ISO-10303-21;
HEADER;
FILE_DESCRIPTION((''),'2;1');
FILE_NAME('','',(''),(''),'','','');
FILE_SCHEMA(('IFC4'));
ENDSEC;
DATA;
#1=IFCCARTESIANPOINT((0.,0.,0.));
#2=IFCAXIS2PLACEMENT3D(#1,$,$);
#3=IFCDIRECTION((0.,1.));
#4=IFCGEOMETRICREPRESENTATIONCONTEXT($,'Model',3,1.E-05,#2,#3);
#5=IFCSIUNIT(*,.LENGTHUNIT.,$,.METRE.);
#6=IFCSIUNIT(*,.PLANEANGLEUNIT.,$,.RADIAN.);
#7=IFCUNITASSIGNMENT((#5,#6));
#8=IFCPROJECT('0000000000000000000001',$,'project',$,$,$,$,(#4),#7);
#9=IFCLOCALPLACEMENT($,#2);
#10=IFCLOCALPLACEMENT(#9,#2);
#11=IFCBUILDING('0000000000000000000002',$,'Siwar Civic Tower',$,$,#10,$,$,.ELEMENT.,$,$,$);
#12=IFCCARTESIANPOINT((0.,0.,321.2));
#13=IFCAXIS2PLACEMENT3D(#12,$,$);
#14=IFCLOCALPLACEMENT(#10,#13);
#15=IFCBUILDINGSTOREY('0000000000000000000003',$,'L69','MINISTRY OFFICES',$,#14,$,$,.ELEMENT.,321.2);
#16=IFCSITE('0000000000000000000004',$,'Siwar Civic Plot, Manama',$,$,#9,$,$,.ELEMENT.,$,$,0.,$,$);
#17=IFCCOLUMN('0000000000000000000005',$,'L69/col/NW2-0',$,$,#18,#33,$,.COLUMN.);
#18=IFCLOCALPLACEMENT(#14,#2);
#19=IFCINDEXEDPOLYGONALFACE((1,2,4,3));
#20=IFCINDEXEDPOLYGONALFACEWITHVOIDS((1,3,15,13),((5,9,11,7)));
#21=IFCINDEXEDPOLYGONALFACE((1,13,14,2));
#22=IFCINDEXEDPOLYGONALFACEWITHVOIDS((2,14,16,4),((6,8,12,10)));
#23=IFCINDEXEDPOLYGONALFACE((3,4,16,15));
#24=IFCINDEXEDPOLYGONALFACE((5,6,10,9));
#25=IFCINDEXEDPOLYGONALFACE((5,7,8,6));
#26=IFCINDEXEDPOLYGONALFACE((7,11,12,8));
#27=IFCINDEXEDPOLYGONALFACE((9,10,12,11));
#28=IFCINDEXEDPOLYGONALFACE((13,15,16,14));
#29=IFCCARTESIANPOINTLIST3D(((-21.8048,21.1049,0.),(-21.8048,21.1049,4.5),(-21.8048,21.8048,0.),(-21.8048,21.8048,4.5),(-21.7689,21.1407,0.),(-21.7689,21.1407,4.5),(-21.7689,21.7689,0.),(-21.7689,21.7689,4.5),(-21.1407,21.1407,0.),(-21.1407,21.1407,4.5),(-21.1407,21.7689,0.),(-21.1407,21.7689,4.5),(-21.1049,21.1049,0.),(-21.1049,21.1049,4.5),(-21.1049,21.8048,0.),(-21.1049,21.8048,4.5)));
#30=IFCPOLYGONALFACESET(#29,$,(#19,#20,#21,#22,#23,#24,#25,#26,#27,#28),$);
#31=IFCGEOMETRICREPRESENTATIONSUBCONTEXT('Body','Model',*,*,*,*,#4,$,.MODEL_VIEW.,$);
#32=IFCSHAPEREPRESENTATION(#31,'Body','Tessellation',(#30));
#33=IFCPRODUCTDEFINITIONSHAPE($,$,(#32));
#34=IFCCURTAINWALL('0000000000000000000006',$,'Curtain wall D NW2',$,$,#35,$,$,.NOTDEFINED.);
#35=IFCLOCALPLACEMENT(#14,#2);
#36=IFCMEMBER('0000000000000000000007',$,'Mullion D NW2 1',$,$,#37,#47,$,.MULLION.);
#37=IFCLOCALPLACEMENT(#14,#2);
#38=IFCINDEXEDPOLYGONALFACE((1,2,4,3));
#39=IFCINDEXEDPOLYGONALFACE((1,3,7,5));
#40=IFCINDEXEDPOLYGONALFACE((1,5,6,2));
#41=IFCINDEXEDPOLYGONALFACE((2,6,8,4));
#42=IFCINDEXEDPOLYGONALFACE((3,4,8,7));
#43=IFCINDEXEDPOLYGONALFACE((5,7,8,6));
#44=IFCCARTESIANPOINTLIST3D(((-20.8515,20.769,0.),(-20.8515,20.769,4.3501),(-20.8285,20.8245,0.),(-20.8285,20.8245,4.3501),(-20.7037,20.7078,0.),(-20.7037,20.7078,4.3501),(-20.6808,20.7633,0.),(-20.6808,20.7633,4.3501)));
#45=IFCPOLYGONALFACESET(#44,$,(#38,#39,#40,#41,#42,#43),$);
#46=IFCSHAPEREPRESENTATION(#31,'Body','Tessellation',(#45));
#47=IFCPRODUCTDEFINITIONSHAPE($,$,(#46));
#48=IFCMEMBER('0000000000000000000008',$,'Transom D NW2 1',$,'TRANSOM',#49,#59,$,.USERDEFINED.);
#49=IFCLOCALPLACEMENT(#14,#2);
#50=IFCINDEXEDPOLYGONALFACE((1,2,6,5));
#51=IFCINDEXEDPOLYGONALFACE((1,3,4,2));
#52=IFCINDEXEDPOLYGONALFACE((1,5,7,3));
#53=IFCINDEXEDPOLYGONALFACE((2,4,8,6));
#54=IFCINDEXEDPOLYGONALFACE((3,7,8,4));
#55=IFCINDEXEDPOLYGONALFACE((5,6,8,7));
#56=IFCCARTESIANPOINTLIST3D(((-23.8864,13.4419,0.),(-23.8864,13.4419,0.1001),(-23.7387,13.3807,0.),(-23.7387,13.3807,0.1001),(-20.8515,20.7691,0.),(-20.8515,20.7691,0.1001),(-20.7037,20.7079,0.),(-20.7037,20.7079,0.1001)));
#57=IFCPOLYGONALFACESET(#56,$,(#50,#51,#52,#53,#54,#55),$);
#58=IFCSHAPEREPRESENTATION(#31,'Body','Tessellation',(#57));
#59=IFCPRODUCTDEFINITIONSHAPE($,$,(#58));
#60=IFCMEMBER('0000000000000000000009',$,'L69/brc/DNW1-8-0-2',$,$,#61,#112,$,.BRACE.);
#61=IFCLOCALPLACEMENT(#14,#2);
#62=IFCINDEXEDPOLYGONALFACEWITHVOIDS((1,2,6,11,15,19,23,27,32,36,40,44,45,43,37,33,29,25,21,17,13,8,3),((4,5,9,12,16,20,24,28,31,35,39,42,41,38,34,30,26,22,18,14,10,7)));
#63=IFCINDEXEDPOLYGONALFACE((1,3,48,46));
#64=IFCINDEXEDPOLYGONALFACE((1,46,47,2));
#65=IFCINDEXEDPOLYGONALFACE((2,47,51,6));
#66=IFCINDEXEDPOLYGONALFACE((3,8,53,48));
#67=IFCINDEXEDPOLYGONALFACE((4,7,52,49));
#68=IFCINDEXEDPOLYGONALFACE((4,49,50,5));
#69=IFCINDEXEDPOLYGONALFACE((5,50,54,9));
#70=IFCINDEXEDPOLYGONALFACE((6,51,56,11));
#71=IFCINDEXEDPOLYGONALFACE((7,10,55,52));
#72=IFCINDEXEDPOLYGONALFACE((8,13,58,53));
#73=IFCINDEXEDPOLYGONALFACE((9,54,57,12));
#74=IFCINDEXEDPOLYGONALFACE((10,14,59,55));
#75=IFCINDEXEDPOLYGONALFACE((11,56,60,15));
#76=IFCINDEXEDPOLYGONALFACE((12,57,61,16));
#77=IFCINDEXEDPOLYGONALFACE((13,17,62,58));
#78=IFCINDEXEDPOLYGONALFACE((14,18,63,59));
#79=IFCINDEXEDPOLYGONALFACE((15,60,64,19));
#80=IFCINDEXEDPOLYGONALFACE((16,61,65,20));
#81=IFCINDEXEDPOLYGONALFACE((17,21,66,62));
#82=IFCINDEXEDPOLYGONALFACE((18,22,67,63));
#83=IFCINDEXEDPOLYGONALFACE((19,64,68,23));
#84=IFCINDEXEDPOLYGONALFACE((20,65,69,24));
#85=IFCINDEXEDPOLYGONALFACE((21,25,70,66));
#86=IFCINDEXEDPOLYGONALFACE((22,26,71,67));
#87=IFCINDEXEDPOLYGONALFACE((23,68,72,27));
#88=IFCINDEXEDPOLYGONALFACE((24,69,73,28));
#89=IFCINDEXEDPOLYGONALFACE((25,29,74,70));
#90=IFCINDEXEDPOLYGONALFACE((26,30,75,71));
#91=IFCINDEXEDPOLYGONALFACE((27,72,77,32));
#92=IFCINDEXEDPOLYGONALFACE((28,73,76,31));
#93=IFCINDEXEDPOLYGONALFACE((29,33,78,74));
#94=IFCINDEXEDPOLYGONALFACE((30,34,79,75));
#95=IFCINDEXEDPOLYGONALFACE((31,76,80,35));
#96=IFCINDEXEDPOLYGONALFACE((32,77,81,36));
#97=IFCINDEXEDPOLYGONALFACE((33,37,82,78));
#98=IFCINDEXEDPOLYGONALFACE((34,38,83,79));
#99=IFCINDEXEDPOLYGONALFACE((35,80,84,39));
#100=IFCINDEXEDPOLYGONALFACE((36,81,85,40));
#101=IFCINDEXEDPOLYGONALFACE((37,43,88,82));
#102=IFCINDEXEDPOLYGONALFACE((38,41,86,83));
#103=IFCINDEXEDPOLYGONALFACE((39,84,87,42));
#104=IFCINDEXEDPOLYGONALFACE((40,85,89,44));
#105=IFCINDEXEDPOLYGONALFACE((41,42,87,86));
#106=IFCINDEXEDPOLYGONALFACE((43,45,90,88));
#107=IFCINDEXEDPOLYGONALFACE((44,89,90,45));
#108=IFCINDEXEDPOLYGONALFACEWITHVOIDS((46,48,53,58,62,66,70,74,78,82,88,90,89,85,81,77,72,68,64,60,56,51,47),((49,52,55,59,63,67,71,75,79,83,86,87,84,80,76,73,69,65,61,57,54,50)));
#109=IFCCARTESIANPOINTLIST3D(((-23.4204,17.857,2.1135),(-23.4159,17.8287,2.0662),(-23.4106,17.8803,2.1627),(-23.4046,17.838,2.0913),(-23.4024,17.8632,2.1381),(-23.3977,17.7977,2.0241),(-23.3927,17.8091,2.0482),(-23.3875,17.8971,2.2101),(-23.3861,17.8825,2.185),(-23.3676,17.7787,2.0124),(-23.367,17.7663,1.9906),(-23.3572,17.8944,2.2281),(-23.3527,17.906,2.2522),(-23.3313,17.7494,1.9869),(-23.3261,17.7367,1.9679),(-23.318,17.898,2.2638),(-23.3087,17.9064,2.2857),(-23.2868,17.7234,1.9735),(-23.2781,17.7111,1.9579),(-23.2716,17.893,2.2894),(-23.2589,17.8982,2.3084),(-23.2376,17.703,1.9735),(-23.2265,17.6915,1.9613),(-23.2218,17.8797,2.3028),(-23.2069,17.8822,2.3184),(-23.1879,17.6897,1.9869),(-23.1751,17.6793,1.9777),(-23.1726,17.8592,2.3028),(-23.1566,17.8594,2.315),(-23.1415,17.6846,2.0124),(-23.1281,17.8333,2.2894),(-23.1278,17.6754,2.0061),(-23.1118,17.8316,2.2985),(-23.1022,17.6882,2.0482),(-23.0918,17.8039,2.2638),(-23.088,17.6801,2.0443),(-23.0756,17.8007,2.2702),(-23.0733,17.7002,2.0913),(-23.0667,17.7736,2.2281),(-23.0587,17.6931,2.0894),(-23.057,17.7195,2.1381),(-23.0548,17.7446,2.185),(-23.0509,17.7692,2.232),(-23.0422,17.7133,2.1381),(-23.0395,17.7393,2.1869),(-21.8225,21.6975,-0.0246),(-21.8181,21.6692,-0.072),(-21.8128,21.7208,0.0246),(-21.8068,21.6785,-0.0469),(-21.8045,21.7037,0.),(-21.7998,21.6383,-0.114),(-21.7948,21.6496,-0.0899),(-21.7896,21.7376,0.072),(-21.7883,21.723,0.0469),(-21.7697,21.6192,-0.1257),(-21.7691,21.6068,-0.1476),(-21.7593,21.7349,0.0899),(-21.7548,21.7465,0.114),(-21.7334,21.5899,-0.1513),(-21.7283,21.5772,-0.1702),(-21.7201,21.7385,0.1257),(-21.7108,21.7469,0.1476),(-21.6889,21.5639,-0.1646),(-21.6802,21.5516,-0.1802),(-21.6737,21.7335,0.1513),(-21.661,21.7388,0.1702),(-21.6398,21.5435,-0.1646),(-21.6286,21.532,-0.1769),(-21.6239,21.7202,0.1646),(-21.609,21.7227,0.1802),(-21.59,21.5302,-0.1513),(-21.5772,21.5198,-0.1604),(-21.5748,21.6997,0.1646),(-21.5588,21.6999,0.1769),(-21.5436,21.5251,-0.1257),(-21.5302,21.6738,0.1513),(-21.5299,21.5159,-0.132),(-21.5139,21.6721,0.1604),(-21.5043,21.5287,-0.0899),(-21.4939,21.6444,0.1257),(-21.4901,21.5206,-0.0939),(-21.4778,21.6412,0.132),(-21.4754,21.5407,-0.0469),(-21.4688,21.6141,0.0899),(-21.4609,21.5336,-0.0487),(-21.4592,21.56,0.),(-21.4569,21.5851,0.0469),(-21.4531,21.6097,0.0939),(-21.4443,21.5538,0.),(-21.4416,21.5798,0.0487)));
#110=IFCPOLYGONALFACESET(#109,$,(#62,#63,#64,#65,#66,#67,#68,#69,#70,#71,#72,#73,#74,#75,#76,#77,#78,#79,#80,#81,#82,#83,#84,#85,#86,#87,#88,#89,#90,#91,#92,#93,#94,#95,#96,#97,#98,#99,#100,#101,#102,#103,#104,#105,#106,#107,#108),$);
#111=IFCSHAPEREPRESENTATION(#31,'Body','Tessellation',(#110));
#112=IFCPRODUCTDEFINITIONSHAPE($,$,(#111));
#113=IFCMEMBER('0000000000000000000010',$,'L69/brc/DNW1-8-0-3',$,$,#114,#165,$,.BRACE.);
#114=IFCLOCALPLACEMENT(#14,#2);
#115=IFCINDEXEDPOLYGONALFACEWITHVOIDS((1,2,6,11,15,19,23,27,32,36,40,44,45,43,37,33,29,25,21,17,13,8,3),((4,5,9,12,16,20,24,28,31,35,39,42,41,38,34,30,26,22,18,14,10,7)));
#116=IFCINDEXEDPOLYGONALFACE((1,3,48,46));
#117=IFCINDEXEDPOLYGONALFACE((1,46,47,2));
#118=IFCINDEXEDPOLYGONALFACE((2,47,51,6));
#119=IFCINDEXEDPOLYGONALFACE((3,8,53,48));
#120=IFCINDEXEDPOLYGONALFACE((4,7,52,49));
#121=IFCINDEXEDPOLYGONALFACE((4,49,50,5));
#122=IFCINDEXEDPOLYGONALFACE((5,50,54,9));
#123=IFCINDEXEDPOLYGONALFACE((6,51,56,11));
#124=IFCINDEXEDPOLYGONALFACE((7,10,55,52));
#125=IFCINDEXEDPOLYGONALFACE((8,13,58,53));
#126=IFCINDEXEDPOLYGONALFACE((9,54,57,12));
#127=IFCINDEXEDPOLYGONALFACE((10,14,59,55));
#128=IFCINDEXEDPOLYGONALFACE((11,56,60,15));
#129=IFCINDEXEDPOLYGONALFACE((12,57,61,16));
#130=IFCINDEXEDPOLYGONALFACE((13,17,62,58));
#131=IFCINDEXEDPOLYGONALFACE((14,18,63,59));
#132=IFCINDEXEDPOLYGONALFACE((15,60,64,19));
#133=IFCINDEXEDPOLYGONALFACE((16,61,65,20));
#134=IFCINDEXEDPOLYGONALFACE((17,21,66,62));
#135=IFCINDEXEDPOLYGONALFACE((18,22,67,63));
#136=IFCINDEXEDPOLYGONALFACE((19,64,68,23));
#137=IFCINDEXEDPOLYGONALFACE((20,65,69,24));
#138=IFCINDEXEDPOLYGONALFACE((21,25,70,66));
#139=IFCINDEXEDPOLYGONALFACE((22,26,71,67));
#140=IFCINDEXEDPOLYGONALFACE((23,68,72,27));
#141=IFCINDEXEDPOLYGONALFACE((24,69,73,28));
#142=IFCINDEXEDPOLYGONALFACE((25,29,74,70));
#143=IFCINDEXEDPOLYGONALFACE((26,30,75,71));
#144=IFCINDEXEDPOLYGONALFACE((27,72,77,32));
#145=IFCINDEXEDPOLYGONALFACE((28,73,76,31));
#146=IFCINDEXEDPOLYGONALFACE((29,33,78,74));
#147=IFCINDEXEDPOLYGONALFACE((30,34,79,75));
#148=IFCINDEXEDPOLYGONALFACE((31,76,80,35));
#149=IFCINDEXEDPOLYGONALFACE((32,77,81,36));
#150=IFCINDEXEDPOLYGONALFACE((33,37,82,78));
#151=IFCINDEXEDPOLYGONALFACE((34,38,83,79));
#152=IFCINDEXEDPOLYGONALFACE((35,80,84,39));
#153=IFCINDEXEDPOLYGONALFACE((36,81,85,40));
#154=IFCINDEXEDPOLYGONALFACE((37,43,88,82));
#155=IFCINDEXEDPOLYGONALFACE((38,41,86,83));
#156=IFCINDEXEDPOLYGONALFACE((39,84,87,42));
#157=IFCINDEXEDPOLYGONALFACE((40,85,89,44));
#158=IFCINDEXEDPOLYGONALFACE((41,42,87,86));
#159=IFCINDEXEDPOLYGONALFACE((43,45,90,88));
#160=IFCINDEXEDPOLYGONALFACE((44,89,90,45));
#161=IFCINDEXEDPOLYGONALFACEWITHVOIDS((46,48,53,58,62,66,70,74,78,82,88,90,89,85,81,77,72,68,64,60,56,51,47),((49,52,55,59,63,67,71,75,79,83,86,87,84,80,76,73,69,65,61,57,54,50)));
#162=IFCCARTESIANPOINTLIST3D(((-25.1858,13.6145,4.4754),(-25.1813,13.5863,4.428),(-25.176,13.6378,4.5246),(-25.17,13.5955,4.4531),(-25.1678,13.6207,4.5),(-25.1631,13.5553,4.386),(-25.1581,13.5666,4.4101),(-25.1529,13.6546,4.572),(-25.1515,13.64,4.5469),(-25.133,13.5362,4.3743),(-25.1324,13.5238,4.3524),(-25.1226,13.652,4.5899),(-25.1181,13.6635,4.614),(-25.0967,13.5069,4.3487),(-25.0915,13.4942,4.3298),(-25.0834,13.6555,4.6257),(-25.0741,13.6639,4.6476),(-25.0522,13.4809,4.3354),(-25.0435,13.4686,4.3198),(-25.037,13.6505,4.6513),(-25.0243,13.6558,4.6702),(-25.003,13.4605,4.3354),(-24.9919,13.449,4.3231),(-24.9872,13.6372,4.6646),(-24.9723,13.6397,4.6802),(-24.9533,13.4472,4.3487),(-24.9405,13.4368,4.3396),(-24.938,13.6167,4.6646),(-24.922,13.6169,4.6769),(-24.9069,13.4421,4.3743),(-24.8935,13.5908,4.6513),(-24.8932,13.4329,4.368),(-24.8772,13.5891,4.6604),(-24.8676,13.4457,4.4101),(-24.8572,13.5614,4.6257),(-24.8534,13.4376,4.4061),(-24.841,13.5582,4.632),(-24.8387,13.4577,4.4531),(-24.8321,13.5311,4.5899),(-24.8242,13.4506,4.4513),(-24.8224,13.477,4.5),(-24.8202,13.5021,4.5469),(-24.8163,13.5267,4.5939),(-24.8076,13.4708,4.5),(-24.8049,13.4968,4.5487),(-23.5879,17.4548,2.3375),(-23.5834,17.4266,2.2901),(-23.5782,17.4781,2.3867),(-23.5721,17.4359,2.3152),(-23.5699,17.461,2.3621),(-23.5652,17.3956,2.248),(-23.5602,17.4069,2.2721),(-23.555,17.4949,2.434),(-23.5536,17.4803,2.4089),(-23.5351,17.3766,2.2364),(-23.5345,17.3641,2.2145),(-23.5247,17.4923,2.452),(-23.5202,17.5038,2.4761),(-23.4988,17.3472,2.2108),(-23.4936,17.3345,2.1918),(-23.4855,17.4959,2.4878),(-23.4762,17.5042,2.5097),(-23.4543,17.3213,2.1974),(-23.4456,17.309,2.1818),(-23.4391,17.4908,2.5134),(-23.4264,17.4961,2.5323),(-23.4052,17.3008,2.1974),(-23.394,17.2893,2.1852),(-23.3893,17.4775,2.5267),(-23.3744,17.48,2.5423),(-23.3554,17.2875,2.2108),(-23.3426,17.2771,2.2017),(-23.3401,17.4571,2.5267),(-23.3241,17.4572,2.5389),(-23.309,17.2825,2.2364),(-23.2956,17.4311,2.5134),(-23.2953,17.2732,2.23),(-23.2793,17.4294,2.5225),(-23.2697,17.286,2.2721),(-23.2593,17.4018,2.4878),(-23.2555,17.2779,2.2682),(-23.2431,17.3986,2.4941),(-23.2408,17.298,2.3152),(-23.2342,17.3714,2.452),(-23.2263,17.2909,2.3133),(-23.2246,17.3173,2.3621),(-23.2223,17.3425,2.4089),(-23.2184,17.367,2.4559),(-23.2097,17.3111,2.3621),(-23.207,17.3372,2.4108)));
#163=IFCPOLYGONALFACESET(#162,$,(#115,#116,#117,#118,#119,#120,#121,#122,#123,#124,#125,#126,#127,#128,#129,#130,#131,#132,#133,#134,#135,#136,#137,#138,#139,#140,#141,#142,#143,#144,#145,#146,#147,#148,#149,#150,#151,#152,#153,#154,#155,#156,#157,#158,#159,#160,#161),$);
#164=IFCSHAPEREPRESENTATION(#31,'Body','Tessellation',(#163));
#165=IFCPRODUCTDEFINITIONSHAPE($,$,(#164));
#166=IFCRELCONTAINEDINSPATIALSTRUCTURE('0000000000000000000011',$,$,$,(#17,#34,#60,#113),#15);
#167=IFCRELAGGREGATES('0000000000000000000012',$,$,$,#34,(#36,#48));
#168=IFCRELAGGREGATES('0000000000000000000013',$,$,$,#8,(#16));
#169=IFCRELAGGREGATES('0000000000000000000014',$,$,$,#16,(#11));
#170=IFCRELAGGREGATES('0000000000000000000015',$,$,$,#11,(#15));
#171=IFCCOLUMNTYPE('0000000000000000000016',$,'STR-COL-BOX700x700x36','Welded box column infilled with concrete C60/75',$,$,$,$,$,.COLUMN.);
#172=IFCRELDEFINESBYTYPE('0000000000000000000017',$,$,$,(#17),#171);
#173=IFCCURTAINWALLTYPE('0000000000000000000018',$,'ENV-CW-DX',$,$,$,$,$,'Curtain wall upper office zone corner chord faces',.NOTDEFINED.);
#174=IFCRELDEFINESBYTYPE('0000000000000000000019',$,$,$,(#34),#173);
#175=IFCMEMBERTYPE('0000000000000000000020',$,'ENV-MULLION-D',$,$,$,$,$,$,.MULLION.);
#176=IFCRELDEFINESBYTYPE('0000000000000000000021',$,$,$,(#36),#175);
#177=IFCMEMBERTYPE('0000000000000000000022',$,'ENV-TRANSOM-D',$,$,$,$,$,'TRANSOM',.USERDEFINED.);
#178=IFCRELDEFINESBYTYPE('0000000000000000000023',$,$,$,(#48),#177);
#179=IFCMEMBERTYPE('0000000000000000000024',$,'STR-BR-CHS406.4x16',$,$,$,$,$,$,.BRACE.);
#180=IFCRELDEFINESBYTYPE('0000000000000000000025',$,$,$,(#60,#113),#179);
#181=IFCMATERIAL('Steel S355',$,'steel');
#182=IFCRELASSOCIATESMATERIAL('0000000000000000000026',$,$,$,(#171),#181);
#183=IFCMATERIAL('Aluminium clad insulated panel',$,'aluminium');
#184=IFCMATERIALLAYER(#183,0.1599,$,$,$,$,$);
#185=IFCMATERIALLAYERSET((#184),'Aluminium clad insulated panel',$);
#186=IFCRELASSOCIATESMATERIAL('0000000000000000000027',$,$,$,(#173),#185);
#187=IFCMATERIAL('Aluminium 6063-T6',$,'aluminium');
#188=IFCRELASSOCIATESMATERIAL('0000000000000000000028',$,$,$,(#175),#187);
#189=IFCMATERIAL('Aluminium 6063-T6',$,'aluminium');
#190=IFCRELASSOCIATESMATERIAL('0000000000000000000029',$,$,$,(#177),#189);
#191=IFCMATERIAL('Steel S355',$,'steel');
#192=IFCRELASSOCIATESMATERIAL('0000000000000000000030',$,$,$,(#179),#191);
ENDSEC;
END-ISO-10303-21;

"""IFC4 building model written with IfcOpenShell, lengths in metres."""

from ifc_helpers import new_model, si_unit, direction, frame, origin, origin_2d, place, context, subcontext, project, spatial, rectangle, hollow_rectangle, hollow_circle, extrude, material, layer, layer_set, material_profile, profile_set, type_object, element, aggregate, save


model = new_model("IFC4")

# Units and contexts
model_context = context("Model", 3, precision=1e-05, world=origin(), true_north=direction((0.0, 1.0)))
body_context = subcontext(model_context, "Body", "Model", "MODEL_VIEW")
ifc_project = project(units=[si_unit("LENGTHUNIT", "METRE"), si_unit("PLANEANGLEUNIT", "RADIAN")], contexts=[model_context])

# Site, building, storey
site_placement = place(None, origin())
site = spatial("IfcSite", under=ifc_project, at=site_placement, Name="Siwar Civic Plot, Manama", CompositionType="ELEMENT", RefElevation=0.0)
building_placement = place(site_placement, origin())
building = spatial("IfcBuilding", under=site, at=building_placement, Name="Siwar Civic Tower", CompositionType="ELEMENT")
storey_placement = place(building_placement, frame((0.0, 0.0, 321.2)))
storey = spatial("IfcBuildingStorey", under=building, at=storey_placement, Name="L69", Description="MINISTRY OFFICES", CompositionType="ELEMENT", Elevation=321.2)

# Column
ifc_material_1 = material(Name="Steel S355", Category="steel")
ifc_material_profile_1 = material_profile(ifc_material_1, hollow_rectangle(XDim=0.7, YDim=0.7, WallThickness=0.0359, at=origin_2d()), Name="BOX700x700x36")
ifc_profile_set_1 = profile_set([ifc_material_profile_1], Name="Steel S355")
column_type = type_object("IfcColumnType", Name="STR-COL-BOX700x700x36", Description="Welded box column infilled with concrete C60/75", PredefinedType="COLUMN", material=ifc_profile_set_1)
column_placement = place(storey_placement, frame((-21.4548, 21.4548, 0.0), z_axis=(0.0, 0.0, 1.0), x_axis=(1.0, 0.0, 0.0)))
element("IfcColumn", 1, at=column_placement, inside=storey, type_object=column_type, Name="L69/col/NW2-0", PredefinedType="COLUMN", context=body_context, shape_type="SweptSolid", body=[
    extrude(hollow_rectangle(XDim=0.7, YDim=0.7, WallThickness=0.0359, at=origin_2d()), origin(), (0.0, 0.0, 1.0), 4.5),
])

# Curtain wall, members
ifc_material_2 = material(Name="Aluminium clad insulated panel", Category="aluminium")
ifc_layer_1 = layer(ifc_material_2, 0.1599)
ifc_layer_set_1 = layer_set([ifc_layer_1], Name="Aluminium clad insulated panel")
curtain_wall_type = type_object("IfcCurtainWallType", Name="ENV-CW-DX", ElementType="Curtain wall upper office zone corner chord faces", PredefinedType="NOTDEFINED", material=ifc_layer_set_1)
curtain_wall_1_placement = place(storey_placement, origin())
curtain_wall_1 = element("IfcCurtainWall", 2, at=curtain_wall_1_placement, inside=storey, type_object=curtain_wall_type, Name="Curtain wall D NW2", PredefinedType="NOTDEFINED")
ifc_material_3 = material(Name="Aluminium 6063-T6", Category="aluminium")
ifc_material_profile_2 = material_profile(ifc_material_3, rectangle(XDim=0.1599, YDim=0.0601, at=origin_2d()), Name="AL 160x60")
ifc_profile_set_2 = profile_set([ifc_material_profile_2], Name="Aluminium 6063-T6")
member_type_1 = type_object("IfcMemberType", Name="ENV-MULLION-D", PredefinedType="MULLION", material=ifc_profile_set_2)
member_1_placement = place(storey_placement, frame((-20.7661, 20.7661, 0.0), z_axis=(0.0, 0.0, 1.0), x_axis=(0.92388, -0.382683, 0.0)))
member_1 = element("IfcMember", 3, at=member_1_placement, type_object=member_type_1, Name="Mullion D NW2 1", PredefinedType="MULLION", context=body_context, shape_type="SweptSolid", body=[
    extrude(rectangle(XDim=0.1599, YDim=0.0601, at=origin_2d()), origin(), (0.0, 0.0, 1.0), 4.3501),
])
ifc_material_4 = material(Name="Aluminium 6063-T6", Category="aluminium")
ifc_material_profile_3 = material_profile(ifc_material_4, rectangle(XDim=0.1599, YDim=0.1001, at=origin_2d()), Name="AL 160x100")
ifc_profile_set_3 = profile_set([ifc_material_profile_3], Name="Aluminium 6063-T6")
member_type_2 = type_object("IfcMemberType", Name="ENV-TRANSOM-D", ElementType="TRANSOM", PredefinedType="USERDEFINED", material=ifc_profile_set_3)
member_2_placement = place(storey_placement, frame((-20.7776, 20.7385, 0.05), z_axis=(-0.382674, -0.923884, 0.0), x_axis=(0.923884, -0.382674, 0.0)))
member_2 = element("IfcMember", 4, at=member_2_placement, type_object=member_type_2, Name="Transom D NW2 1", ObjectType="TRANSOM", PredefinedType="USERDEFINED", context=body_context, shape_type="SweptSolid", body=[
    extrude(rectangle(XDim=0.1599, YDim=0.1001, at=origin_2d()), origin(), (0.0, 0.0, 1.0), 7.9309),
])

# Members
ifc_material_5 = material(Name="Steel S355", Category="steel")
ifc_material_profile_4 = material_profile(ifc_material_5, hollow_circle(Radius=0.2031, WallThickness=0.0161, at=origin_2d()), Name="CHS406.4x16")
ifc_profile_set_4 = profile_set([ifc_material_profile_4], Name="Steel S355")
member_type_3 = type_object("IfcMemberType", Name="STR-BR-CHS406.4x16", PredefinedType="BRACE", material=ifc_profile_set_4)
member_3_placement = place(storey_placement, frame((-21.6318, 21.6318, 0.0), z_axis=(-0.341644, -0.821147, 0.457161), x_axis=(0.923276, -0.384136, 0.0)))
element("IfcMember", 5, at=member_3_placement, inside=storey, type_object=member_type_3, Name="L69/brc/DNW1-8-0-2", PredefinedType="BRACE", context=body_context, shape_type="SweptSolid", body=[
    extrude(hollow_circle(Radius=0.2031, WallThickness=0.0161, at=origin_2d()), origin(), (0.0, 0.0, 1.0), 4.677),
])
member_4_placement = place(storey_placement, frame((-23.3972, 17.3892, 2.3621), z_axis=(-0.341667, -0.82115, 0.45714), x_axis=(0.923268, -0.384157, 0.0)))
element("IfcMember", 6, at=member_4_placement, inside=storey, type_object=member_type_3, Name="L69/brc/DNW1-8-0-3", PredefinedType="BRACE", context=body_context, shape_type="SweptSolid", body=[
    extrude(hollow_circle(Radius=0.2031, WallThickness=0.0161, at=origin_2d()), origin(), (0.0, 0.0, 1.0), 4.6768),
])

aggregate(curtain_wall_1, [member_1, member_2])

save(model, "model.ifc")
